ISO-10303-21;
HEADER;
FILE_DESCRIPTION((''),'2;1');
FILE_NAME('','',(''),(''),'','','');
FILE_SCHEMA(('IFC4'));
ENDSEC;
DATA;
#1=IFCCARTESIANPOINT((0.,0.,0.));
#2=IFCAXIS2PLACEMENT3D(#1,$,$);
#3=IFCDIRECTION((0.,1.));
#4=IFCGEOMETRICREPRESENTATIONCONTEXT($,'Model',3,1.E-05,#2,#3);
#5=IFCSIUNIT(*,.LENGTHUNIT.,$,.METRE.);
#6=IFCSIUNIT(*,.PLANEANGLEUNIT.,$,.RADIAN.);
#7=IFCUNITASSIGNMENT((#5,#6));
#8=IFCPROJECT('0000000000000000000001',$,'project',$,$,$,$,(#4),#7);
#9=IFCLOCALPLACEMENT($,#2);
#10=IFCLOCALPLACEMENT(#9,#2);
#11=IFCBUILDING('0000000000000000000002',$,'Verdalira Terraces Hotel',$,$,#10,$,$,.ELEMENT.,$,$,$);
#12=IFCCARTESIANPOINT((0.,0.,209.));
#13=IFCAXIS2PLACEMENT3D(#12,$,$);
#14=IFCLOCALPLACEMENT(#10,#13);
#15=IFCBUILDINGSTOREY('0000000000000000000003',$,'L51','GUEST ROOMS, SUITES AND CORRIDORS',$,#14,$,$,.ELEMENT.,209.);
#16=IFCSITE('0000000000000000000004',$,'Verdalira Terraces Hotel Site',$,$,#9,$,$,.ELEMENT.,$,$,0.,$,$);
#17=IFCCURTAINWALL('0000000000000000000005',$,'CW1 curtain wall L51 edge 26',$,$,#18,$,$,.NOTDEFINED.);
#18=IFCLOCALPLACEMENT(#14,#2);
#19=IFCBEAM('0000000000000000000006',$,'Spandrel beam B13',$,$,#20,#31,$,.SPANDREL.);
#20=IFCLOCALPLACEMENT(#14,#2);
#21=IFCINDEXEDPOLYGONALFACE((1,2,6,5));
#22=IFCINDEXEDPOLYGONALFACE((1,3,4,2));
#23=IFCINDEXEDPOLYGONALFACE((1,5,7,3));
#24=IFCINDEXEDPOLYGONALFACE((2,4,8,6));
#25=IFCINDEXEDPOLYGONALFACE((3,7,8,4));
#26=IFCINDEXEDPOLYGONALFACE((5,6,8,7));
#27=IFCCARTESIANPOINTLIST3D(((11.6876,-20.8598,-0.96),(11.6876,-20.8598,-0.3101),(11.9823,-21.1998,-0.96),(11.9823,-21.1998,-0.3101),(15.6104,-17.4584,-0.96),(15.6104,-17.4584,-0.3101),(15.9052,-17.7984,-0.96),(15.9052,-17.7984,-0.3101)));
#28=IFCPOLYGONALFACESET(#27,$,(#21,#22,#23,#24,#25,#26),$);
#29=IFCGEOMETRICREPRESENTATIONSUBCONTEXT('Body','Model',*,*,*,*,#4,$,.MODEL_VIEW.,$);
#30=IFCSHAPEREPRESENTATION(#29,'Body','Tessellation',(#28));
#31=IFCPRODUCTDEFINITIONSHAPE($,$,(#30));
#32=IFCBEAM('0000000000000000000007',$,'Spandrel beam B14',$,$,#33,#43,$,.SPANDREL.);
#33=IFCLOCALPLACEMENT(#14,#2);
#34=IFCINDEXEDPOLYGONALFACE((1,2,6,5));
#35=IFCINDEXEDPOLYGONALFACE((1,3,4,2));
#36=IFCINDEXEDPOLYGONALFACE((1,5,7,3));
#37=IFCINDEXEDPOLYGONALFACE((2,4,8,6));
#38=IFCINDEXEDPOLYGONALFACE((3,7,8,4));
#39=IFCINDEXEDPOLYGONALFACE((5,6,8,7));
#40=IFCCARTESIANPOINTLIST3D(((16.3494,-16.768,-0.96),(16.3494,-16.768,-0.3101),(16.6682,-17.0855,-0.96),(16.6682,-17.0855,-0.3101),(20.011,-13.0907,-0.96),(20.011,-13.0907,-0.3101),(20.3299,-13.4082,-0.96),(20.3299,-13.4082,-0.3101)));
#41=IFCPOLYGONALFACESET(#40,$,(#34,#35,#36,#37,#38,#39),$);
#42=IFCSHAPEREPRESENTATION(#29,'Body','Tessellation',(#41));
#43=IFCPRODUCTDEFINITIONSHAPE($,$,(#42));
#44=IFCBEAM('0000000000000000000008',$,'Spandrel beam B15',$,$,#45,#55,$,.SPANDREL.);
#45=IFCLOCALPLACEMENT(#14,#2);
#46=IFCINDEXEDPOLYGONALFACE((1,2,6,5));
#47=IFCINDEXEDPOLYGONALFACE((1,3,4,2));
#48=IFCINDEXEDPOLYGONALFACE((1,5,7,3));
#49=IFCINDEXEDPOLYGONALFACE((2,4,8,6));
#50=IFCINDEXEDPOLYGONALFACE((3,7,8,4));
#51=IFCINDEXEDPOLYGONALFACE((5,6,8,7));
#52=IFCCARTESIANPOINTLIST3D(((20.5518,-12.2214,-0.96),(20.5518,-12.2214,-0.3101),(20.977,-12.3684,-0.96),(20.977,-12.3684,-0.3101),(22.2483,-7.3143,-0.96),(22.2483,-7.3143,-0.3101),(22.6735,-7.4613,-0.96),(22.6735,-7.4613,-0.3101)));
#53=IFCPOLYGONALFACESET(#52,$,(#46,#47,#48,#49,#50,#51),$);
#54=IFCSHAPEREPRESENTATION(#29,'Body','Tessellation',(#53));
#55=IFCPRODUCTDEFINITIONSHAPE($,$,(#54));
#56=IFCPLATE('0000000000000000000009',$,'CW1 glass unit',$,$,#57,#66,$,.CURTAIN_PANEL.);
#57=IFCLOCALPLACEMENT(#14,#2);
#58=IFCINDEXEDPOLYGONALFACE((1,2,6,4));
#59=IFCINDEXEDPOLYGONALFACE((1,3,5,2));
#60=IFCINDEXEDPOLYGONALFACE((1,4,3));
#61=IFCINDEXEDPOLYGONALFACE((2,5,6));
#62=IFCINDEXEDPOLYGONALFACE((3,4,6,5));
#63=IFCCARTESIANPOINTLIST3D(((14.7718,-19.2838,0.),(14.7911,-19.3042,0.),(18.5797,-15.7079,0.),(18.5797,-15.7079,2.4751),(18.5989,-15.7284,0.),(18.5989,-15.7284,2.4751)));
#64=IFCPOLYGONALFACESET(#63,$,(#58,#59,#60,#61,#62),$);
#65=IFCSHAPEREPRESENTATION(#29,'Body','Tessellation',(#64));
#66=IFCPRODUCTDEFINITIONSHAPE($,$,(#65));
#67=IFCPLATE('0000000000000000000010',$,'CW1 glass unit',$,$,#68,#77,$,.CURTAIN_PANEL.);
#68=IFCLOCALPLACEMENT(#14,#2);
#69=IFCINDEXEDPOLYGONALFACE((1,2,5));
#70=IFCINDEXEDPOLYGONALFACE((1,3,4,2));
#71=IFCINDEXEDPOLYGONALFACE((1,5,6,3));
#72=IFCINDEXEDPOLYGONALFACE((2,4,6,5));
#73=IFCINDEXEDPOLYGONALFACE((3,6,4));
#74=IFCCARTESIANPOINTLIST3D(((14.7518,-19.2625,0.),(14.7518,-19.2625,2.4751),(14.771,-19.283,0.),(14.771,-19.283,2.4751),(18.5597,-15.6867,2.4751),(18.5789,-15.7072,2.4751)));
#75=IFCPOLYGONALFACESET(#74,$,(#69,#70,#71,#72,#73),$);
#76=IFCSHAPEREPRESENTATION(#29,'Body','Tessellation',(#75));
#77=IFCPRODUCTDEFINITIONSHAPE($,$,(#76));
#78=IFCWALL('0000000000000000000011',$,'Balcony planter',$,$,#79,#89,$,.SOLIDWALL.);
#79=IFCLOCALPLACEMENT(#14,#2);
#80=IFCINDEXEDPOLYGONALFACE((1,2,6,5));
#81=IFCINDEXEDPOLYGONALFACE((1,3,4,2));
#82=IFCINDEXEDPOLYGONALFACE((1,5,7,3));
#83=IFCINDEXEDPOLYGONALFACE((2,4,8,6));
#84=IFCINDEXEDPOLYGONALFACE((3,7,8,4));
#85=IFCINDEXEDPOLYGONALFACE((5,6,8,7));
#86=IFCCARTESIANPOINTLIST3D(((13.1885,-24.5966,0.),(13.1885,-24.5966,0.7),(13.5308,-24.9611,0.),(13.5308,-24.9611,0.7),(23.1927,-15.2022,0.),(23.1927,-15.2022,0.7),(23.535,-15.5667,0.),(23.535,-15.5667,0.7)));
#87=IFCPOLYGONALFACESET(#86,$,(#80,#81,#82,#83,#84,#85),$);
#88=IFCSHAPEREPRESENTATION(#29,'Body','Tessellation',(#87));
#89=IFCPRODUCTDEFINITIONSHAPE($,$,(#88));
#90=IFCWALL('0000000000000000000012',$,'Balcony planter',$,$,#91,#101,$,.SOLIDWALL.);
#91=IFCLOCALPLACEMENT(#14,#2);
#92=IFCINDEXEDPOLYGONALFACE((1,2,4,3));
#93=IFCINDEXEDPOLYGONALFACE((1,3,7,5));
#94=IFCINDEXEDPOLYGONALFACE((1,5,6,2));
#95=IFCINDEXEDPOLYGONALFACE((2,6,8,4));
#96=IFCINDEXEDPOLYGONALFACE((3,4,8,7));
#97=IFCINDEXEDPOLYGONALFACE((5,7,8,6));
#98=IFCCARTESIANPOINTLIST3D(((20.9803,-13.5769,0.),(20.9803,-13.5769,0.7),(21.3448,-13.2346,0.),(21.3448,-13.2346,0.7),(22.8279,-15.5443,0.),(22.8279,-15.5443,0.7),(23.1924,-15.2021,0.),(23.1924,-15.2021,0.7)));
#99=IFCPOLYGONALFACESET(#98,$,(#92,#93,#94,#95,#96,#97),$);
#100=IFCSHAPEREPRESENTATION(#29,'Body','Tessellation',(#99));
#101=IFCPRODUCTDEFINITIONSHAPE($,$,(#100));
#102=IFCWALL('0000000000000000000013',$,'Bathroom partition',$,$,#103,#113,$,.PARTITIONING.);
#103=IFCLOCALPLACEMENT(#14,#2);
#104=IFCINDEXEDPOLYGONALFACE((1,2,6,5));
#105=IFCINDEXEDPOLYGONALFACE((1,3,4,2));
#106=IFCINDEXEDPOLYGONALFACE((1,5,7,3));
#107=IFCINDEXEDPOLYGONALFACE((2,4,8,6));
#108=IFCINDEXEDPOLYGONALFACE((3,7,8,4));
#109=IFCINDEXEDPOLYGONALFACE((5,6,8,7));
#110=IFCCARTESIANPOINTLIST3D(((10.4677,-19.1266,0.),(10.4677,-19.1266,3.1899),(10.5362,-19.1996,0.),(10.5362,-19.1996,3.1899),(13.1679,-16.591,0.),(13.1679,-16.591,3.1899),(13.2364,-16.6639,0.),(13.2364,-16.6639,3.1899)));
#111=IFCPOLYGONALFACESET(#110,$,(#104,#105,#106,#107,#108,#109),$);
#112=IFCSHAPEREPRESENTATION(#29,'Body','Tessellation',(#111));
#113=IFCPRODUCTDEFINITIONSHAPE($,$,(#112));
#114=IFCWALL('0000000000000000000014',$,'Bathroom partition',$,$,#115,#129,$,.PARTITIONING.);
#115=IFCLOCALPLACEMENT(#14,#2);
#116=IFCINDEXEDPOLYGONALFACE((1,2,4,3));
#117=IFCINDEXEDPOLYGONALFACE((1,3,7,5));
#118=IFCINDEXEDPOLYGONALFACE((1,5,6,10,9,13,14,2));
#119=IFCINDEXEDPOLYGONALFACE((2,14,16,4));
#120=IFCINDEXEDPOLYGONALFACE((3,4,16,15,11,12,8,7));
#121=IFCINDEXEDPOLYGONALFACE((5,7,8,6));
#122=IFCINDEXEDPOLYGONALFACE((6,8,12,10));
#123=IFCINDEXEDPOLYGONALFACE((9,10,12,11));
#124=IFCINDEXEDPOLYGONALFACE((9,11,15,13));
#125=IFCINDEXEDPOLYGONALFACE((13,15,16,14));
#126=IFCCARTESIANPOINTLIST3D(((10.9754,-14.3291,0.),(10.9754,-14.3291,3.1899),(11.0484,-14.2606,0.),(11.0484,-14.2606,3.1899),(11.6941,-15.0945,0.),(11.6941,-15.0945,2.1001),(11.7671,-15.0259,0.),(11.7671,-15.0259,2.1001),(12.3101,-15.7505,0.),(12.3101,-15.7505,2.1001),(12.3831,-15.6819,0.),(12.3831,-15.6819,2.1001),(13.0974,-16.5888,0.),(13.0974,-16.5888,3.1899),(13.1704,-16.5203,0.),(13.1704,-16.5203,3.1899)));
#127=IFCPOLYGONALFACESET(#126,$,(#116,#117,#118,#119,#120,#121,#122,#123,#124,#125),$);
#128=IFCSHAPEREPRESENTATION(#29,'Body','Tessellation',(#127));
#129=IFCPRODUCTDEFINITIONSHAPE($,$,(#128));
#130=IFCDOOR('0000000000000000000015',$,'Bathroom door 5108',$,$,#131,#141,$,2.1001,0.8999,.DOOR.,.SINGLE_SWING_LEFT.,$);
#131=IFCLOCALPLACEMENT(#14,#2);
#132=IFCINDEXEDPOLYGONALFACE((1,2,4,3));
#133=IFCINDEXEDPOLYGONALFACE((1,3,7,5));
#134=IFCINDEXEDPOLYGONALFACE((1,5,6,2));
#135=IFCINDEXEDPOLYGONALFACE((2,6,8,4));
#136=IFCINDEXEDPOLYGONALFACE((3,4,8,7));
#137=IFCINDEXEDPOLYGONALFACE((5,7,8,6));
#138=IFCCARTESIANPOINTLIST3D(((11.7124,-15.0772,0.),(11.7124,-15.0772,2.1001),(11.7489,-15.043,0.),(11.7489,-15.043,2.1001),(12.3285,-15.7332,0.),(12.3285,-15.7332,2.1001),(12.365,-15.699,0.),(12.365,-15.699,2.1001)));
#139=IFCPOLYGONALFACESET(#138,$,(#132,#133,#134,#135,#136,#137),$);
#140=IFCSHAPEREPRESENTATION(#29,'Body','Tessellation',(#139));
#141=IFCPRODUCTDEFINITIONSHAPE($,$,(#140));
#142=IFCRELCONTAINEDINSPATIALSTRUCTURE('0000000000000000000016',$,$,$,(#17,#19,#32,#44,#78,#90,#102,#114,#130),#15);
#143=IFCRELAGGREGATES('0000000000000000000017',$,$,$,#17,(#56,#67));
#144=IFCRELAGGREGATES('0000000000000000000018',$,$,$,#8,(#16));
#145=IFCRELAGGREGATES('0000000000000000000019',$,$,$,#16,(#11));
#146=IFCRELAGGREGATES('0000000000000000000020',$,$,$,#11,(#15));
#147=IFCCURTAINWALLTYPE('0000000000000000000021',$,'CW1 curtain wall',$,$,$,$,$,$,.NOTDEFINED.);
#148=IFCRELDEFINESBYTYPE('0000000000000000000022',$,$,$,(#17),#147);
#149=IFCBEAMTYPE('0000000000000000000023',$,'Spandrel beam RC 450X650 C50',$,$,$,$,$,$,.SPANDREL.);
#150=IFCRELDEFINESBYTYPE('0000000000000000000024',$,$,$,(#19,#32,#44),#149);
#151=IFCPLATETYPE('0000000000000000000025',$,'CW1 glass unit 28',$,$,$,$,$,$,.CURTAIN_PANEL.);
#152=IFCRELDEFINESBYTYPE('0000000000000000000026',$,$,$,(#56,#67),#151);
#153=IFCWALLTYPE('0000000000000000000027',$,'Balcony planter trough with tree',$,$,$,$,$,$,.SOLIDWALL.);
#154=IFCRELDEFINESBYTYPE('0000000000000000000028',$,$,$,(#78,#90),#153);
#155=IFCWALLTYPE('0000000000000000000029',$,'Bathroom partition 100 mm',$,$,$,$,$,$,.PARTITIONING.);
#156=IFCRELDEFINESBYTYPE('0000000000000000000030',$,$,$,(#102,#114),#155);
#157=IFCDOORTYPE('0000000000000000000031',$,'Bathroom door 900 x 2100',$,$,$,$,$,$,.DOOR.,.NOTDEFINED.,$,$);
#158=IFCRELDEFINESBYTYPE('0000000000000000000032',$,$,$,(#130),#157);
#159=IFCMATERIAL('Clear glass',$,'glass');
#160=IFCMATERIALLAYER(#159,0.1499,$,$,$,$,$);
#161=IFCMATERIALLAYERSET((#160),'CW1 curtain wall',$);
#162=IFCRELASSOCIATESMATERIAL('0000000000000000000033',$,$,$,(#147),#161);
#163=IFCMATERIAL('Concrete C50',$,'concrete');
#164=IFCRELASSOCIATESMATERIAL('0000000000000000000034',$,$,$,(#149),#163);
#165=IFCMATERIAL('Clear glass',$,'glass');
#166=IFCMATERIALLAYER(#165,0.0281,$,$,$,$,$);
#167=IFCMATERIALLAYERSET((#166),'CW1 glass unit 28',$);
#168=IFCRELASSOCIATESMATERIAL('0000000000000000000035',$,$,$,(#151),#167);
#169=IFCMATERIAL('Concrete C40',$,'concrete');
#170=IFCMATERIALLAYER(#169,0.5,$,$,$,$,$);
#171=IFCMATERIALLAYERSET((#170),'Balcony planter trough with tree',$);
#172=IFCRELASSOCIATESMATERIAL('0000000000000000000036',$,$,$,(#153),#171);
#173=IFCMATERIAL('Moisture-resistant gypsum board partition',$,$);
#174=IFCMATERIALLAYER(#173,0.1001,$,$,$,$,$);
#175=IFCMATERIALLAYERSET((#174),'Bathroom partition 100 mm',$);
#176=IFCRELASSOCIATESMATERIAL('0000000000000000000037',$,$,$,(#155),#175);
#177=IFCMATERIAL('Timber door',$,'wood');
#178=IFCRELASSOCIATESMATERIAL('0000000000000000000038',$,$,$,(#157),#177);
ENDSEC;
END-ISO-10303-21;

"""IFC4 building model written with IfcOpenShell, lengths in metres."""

from ifc_helpers import new_model, si_unit, direction, frame, frame_2d, origin, origin_2d, place, context, subcontext, project, spatial, polyline, rectangle, outline, extrude, material, layer, layer_set, material_profile, profile_set, type_object, element, fill, aggregate, save


model = new_model("IFC4")

# Units and contexts
model_context = context("Model", 3, precision=1e-05, world=origin(), true_north=direction((0.0, 1.0)))
body_context = subcontext(model_context, "Body", "Model", "MODEL_VIEW")
ifc_project = project(units=[si_unit("LENGTHUNIT", "METRE"), si_unit("PLANEANGLEUNIT", "RADIAN")], contexts=[model_context])

# Site, building, storey
site_placement = place(None, origin())
site = spatial("IfcSite", under=ifc_project, at=site_placement, Name="Verdalira Terraces Hotel Site", CompositionType="ELEMENT", RefElevation=0.0)
building_placement = place(site_placement, origin())
building = spatial("IfcBuilding", under=site, at=building_placement, Name="Verdalira Terraces Hotel", CompositionType="ELEMENT")
storey_placement = place(building_placement, frame((0.0, 0.0, 209.0)))
storey = spatial("IfcBuildingStorey", under=building, at=storey_placement, Name="L51", Description="GUEST ROOMS, SUITES AND CORRIDORS", CompositionType="ELEMENT", Elevation=209.0)

# Shared definitions
ifc_material_1 = material(Name="Clear glass", Category="glass")
ifc_layer_1 = layer(ifc_material_1, 0.1499)
ifc_layer_set_1 = layer_set([ifc_layer_1], Name="CW1 curtain wall")
curtain_wall_type = type_object("IfcCurtainWallType", Name="CW1 curtain wall", PredefinedType="NOTDEFINED", material=ifc_layer_set_1)

# Curtain wall
curtain_wall_1_placement = place(storey_placement, origin())
curtain_wall_1 = element("IfcCurtainWall", 1, at=curtain_wall_1_placement, inside=storey, type_object=curtain_wall_type, Name="CW1 curtain wall L51 edge 26", PredefinedType="NOTDEFINED")

# Beams
ifc_material_2 = material(Name="Concrete C50", Category="concrete")
ifc_material_profile_1 = material_profile(ifc_material_2, rectangle(XDim=0.45, YDim=0.6499, at=origin_2d()), Name="RC 450X650")
ifc_profile_set_1 = profile_set([ifc_material_profile_1], Name="Concrete C50")
beam_type_1 = type_object("IfcBeamType", Name="Spandrel beam RC 450X650 C50", PredefinedType="SPANDREL", material=ifc_profile_set_1)
beam_1_placement = place(storey_placement, frame((11.835, -21.0298, -0.635), z_axis=(0.75554, 0.655102, 0.0), x_axis=(-0.655102, 0.75554, 0.0)))
element("IfcBeam", 2, at=beam_1_placement, inside=storey, type_object=beam_type_1, Name="Spandrel beam B13", PredefinedType="SPANDREL", context=body_context, shape_type="SweptSolid", body=[
    extrude(rectangle(XDim=0.45, YDim=0.6499, at=origin_2d()), origin(), (0.0, 0.0, 1.0), 5.1921),
])
beam_2_placement = place(storey_placement, frame((16.5088, -16.9268, -0.635), z_axis=(0.7056, 0.708611, 0.0), x_axis=(-0.708611, 0.7056, 0.0)))
element("IfcBeam", 3, at=beam_2_placement, inside=storey, type_object=beam_type_1, Name="Spandrel beam B14", PredefinedType="SPANDREL", context=body_context, shape_type="SweptSolid", body=[
    extrude(rectangle(XDim=0.45, YDim=0.6499, at=origin_2d()), origin(), (0.0, 0.0, 1.0), 5.1895),
])
beam_3_placement = place(storey_placement, frame((20.7644, -12.2949, -0.635), z_axis=(0.326746, 0.945112, 0.0), x_axis=(-0.945112, 0.326746, 0.0)))
element("IfcBeam", 4, at=beam_3_placement, inside=storey, type_object=beam_type_1, Name="Spandrel beam B15", PredefinedType="SPANDREL", context=body_context, shape_type="SweptSolid", body=[
    extrude(rectangle(XDim=0.45, YDim=0.6499, at=origin_2d()), origin(), (0.0, 0.0, 1.0), 5.1921),
])

# Plates
ifc_material_3 = material(Name="Clear glass", Category="glass")
ifc_layer_2 = layer(ifc_material_3, 0.0281)
ifc_layer_set_2 = layer_set([ifc_layer_2], Name="CW1 glass unit 28")
plate_type = type_object("IfcPlateType", Name="CW1 glass unit 28", PredefinedType="CURTAIN_PANEL", material=ifc_layer_set_2)
plate_1_placement = place(storey_placement, frame((16.6758, -17.4959, 1.2375), z_axis=(0.684547, -0.728969, 0.0), x_axis=(0.728969, 0.684547, 0.0)))
plate_1 = element("IfcPlate", 5, at=plate_1_placement, type_object=plate_type, Name="CW1 glass unit", PredefinedType="CURTAIN_PANEL", context=body_context, shape_type="SweptSolid", body=[
    extrude(outline(polyline([(-2.6118, -1.2375), (2.6118, -1.2375), (2.6118, 1.2375), (-2.6118, -1.2375)])), origin(), (0.0, 0.0, 1.0), 0.0281),
])
plate_2_placement = place(storey_placement, frame((16.6558, -17.4746, 1.2375), z_axis=(0.684547, -0.728969, 0.0), x_axis=(0.728969, 0.684547, 0.0)))
plate_2 = element("IfcPlate", 6, at=plate_2_placement, type_object=plate_type, Name="CW1 glass unit", PredefinedType="CURTAIN_PANEL", context=body_context, shape_type="SweptSolid", body=[
    extrude(outline(polyline([(-2.6118, -1.2375), (2.6118, 1.2375), (-2.6118, 1.2375), (-2.6118, -1.2375)])), origin(), (0.0, 0.0, 1.0), 0.0281),
])
aggregate(curtain_wall_1, [plate_1, plate_2])

# Walls
ifc_material_4 = material(Name="Concrete C40", Category="concrete")
ifc_layer_3 = layer(ifc_material_4, 0.5)
ifc_layer_set_3 = layer_set([ifc_layer_3], Name="Balcony planter trough with tree")
wall_type_1 = type_object("IfcWallType", Name="Balcony planter trough with tree", PredefinedType="SOLIDWALL", material=ifc_layer_set_3)
wall_1_placement = place(storey_placement, frame((13.3596, -24.7788, 0.0), z_axis=(0.0, 0.0, 1.0), x_axis=(0.728977, 0.684538, 0.0)))
element("IfcWall", 7, at=wall_1_placement, inside=storey, type_object=wall_type_1, Name="Balcony planter", PredefinedType="SOLIDWALL", context=body_context, shape_type="SweptSolid", body=[
    extrude(rectangle(XDim=13.7236, YDim=0.5, at=frame_2d((6.8618, 0.0))), origin(), (0.0, 0.0, 1.0), 0.7),
])
wall_2_placement = place(storey_placement, frame((23.0103, -15.3733, 0.0), z_axis=(0.0, 0.0, 1.0), x_axis=(-0.684552, 0.728964, 0.0)))
element("IfcWall", 8, at=wall_2_placement, inside=storey, type_object=wall_type_1, Name="Balcony planter", PredefinedType="SOLIDWALL", context=body_context, shape_type="SweptSolid", body=[
    extrude(rectangle(XDim=2.699, YDim=0.5, at=frame_2d((1.3496, 0.0))), origin(), (0.0, 0.0, 1.0), 0.7),
])
ifc_material_5 = material(Name="Moisture-resistant gypsum board partition")
ifc_layer_4 = layer(ifc_material_5, 0.1001)
ifc_layer_set_4 = layer_set([ifc_layer_4], Name="Bathroom partition 100 mm")
wall_type_2 = type_object("IfcWallType", Name="Bathroom partition 100 mm", PredefinedType="PARTITIONING", material=ifc_layer_set_4)
wall_3_placement = place(storey_placement, frame((13.2021, -16.6274, 0.0), z_axis=(0.0, 0.0, 1.0), x_axis=(-0.72897, -0.684546, 0.0)))
element("IfcWall", 9, at=wall_3_placement, inside=storey, type_object=wall_type_2, Name="Bathroom partition", PredefinedType="PARTITIONING", context=body_context, shape_type="SweptSolid", body=[
    extrude(rectangle(XDim=3.7041, YDim=0.1001, at=frame_2d((1.8521, 0.0))), origin(), (0.0, 0.0, 1.0), 3.1899),
])

# Wall, opening, door
wall_4_placement = place(storey_placement, frame((13.1338, -16.5544, 0.0), z_axis=(0.0, 0.0, 1.0), x_axis=(-0.684549, 0.728967, 0.0)))
wall_4 = element("IfcWall", 10, at=wall_4_placement, inside=storey, type_object=wall_type_2, Name="Bathroom partition", PredefinedType="PARTITIONING", context=body_context, shape_type="SweptSolid", body=[
    extrude(rectangle(XDim=3.0999, YDim=0.1001, at=frame_2d((1.5498, 0.0))), origin(), (0.0, 0.0, 1.0), 3.1899),
])
opening_1_placement = place(wall_4_placement, frame((1.1499, 0.0, 0.0)))
opening_1 = element("IfcOpeningElement", 11, at=opening_1_placement, cuts=wall_4, PredefinedType="OPENING", context=body_context, shape_type="SweptSolid", body=[
    extrude(rectangle(XDim=0.8999, YDim=2.1001, at=frame_2d((0.45, 1.05))), frame((0.0, 0.0601, 0.0), z_axis=(0.0, -1.0, 0.0), x_axis=(1.0, 0.0, 0.0)), (0.0, 0.0, 1.0), 0.1201),
])
ifc_material_6 = material(Name="Timber door", Category="wood")
door_type_1 = type_object("IfcDoorType", Name="Bathroom door 900 x 2100", OperationType="NOTDEFINED", PredefinedType="DOOR", material=ifc_material_6)
door_1_placement = place(opening_1_placement, origin())
door_1 = element("IfcDoor", 12, at=door_1_placement, inside=storey, type_object=door_type_1, Name="Bathroom door 5108", OperationType="SINGLE_SWING_LEFT", OverallHeight=2.1001, OverallWidth=0.8999, PredefinedType="DOOR", context=body_context, shape_type="SweptSolid", body=[
    extrude(rectangle(XDim=0.8999, YDim=2.1001, at=frame_2d((0.45, 1.05))), frame((0.0, 0.0249, 0.0), z_axis=(0.0, -1.0, 0.0), x_axis=(1.0, 0.0, 0.0)), (0.0, 0.0, 1.0), 0.05),
])
fill(opening_1, door_1)

save(model, "model.ifc")
